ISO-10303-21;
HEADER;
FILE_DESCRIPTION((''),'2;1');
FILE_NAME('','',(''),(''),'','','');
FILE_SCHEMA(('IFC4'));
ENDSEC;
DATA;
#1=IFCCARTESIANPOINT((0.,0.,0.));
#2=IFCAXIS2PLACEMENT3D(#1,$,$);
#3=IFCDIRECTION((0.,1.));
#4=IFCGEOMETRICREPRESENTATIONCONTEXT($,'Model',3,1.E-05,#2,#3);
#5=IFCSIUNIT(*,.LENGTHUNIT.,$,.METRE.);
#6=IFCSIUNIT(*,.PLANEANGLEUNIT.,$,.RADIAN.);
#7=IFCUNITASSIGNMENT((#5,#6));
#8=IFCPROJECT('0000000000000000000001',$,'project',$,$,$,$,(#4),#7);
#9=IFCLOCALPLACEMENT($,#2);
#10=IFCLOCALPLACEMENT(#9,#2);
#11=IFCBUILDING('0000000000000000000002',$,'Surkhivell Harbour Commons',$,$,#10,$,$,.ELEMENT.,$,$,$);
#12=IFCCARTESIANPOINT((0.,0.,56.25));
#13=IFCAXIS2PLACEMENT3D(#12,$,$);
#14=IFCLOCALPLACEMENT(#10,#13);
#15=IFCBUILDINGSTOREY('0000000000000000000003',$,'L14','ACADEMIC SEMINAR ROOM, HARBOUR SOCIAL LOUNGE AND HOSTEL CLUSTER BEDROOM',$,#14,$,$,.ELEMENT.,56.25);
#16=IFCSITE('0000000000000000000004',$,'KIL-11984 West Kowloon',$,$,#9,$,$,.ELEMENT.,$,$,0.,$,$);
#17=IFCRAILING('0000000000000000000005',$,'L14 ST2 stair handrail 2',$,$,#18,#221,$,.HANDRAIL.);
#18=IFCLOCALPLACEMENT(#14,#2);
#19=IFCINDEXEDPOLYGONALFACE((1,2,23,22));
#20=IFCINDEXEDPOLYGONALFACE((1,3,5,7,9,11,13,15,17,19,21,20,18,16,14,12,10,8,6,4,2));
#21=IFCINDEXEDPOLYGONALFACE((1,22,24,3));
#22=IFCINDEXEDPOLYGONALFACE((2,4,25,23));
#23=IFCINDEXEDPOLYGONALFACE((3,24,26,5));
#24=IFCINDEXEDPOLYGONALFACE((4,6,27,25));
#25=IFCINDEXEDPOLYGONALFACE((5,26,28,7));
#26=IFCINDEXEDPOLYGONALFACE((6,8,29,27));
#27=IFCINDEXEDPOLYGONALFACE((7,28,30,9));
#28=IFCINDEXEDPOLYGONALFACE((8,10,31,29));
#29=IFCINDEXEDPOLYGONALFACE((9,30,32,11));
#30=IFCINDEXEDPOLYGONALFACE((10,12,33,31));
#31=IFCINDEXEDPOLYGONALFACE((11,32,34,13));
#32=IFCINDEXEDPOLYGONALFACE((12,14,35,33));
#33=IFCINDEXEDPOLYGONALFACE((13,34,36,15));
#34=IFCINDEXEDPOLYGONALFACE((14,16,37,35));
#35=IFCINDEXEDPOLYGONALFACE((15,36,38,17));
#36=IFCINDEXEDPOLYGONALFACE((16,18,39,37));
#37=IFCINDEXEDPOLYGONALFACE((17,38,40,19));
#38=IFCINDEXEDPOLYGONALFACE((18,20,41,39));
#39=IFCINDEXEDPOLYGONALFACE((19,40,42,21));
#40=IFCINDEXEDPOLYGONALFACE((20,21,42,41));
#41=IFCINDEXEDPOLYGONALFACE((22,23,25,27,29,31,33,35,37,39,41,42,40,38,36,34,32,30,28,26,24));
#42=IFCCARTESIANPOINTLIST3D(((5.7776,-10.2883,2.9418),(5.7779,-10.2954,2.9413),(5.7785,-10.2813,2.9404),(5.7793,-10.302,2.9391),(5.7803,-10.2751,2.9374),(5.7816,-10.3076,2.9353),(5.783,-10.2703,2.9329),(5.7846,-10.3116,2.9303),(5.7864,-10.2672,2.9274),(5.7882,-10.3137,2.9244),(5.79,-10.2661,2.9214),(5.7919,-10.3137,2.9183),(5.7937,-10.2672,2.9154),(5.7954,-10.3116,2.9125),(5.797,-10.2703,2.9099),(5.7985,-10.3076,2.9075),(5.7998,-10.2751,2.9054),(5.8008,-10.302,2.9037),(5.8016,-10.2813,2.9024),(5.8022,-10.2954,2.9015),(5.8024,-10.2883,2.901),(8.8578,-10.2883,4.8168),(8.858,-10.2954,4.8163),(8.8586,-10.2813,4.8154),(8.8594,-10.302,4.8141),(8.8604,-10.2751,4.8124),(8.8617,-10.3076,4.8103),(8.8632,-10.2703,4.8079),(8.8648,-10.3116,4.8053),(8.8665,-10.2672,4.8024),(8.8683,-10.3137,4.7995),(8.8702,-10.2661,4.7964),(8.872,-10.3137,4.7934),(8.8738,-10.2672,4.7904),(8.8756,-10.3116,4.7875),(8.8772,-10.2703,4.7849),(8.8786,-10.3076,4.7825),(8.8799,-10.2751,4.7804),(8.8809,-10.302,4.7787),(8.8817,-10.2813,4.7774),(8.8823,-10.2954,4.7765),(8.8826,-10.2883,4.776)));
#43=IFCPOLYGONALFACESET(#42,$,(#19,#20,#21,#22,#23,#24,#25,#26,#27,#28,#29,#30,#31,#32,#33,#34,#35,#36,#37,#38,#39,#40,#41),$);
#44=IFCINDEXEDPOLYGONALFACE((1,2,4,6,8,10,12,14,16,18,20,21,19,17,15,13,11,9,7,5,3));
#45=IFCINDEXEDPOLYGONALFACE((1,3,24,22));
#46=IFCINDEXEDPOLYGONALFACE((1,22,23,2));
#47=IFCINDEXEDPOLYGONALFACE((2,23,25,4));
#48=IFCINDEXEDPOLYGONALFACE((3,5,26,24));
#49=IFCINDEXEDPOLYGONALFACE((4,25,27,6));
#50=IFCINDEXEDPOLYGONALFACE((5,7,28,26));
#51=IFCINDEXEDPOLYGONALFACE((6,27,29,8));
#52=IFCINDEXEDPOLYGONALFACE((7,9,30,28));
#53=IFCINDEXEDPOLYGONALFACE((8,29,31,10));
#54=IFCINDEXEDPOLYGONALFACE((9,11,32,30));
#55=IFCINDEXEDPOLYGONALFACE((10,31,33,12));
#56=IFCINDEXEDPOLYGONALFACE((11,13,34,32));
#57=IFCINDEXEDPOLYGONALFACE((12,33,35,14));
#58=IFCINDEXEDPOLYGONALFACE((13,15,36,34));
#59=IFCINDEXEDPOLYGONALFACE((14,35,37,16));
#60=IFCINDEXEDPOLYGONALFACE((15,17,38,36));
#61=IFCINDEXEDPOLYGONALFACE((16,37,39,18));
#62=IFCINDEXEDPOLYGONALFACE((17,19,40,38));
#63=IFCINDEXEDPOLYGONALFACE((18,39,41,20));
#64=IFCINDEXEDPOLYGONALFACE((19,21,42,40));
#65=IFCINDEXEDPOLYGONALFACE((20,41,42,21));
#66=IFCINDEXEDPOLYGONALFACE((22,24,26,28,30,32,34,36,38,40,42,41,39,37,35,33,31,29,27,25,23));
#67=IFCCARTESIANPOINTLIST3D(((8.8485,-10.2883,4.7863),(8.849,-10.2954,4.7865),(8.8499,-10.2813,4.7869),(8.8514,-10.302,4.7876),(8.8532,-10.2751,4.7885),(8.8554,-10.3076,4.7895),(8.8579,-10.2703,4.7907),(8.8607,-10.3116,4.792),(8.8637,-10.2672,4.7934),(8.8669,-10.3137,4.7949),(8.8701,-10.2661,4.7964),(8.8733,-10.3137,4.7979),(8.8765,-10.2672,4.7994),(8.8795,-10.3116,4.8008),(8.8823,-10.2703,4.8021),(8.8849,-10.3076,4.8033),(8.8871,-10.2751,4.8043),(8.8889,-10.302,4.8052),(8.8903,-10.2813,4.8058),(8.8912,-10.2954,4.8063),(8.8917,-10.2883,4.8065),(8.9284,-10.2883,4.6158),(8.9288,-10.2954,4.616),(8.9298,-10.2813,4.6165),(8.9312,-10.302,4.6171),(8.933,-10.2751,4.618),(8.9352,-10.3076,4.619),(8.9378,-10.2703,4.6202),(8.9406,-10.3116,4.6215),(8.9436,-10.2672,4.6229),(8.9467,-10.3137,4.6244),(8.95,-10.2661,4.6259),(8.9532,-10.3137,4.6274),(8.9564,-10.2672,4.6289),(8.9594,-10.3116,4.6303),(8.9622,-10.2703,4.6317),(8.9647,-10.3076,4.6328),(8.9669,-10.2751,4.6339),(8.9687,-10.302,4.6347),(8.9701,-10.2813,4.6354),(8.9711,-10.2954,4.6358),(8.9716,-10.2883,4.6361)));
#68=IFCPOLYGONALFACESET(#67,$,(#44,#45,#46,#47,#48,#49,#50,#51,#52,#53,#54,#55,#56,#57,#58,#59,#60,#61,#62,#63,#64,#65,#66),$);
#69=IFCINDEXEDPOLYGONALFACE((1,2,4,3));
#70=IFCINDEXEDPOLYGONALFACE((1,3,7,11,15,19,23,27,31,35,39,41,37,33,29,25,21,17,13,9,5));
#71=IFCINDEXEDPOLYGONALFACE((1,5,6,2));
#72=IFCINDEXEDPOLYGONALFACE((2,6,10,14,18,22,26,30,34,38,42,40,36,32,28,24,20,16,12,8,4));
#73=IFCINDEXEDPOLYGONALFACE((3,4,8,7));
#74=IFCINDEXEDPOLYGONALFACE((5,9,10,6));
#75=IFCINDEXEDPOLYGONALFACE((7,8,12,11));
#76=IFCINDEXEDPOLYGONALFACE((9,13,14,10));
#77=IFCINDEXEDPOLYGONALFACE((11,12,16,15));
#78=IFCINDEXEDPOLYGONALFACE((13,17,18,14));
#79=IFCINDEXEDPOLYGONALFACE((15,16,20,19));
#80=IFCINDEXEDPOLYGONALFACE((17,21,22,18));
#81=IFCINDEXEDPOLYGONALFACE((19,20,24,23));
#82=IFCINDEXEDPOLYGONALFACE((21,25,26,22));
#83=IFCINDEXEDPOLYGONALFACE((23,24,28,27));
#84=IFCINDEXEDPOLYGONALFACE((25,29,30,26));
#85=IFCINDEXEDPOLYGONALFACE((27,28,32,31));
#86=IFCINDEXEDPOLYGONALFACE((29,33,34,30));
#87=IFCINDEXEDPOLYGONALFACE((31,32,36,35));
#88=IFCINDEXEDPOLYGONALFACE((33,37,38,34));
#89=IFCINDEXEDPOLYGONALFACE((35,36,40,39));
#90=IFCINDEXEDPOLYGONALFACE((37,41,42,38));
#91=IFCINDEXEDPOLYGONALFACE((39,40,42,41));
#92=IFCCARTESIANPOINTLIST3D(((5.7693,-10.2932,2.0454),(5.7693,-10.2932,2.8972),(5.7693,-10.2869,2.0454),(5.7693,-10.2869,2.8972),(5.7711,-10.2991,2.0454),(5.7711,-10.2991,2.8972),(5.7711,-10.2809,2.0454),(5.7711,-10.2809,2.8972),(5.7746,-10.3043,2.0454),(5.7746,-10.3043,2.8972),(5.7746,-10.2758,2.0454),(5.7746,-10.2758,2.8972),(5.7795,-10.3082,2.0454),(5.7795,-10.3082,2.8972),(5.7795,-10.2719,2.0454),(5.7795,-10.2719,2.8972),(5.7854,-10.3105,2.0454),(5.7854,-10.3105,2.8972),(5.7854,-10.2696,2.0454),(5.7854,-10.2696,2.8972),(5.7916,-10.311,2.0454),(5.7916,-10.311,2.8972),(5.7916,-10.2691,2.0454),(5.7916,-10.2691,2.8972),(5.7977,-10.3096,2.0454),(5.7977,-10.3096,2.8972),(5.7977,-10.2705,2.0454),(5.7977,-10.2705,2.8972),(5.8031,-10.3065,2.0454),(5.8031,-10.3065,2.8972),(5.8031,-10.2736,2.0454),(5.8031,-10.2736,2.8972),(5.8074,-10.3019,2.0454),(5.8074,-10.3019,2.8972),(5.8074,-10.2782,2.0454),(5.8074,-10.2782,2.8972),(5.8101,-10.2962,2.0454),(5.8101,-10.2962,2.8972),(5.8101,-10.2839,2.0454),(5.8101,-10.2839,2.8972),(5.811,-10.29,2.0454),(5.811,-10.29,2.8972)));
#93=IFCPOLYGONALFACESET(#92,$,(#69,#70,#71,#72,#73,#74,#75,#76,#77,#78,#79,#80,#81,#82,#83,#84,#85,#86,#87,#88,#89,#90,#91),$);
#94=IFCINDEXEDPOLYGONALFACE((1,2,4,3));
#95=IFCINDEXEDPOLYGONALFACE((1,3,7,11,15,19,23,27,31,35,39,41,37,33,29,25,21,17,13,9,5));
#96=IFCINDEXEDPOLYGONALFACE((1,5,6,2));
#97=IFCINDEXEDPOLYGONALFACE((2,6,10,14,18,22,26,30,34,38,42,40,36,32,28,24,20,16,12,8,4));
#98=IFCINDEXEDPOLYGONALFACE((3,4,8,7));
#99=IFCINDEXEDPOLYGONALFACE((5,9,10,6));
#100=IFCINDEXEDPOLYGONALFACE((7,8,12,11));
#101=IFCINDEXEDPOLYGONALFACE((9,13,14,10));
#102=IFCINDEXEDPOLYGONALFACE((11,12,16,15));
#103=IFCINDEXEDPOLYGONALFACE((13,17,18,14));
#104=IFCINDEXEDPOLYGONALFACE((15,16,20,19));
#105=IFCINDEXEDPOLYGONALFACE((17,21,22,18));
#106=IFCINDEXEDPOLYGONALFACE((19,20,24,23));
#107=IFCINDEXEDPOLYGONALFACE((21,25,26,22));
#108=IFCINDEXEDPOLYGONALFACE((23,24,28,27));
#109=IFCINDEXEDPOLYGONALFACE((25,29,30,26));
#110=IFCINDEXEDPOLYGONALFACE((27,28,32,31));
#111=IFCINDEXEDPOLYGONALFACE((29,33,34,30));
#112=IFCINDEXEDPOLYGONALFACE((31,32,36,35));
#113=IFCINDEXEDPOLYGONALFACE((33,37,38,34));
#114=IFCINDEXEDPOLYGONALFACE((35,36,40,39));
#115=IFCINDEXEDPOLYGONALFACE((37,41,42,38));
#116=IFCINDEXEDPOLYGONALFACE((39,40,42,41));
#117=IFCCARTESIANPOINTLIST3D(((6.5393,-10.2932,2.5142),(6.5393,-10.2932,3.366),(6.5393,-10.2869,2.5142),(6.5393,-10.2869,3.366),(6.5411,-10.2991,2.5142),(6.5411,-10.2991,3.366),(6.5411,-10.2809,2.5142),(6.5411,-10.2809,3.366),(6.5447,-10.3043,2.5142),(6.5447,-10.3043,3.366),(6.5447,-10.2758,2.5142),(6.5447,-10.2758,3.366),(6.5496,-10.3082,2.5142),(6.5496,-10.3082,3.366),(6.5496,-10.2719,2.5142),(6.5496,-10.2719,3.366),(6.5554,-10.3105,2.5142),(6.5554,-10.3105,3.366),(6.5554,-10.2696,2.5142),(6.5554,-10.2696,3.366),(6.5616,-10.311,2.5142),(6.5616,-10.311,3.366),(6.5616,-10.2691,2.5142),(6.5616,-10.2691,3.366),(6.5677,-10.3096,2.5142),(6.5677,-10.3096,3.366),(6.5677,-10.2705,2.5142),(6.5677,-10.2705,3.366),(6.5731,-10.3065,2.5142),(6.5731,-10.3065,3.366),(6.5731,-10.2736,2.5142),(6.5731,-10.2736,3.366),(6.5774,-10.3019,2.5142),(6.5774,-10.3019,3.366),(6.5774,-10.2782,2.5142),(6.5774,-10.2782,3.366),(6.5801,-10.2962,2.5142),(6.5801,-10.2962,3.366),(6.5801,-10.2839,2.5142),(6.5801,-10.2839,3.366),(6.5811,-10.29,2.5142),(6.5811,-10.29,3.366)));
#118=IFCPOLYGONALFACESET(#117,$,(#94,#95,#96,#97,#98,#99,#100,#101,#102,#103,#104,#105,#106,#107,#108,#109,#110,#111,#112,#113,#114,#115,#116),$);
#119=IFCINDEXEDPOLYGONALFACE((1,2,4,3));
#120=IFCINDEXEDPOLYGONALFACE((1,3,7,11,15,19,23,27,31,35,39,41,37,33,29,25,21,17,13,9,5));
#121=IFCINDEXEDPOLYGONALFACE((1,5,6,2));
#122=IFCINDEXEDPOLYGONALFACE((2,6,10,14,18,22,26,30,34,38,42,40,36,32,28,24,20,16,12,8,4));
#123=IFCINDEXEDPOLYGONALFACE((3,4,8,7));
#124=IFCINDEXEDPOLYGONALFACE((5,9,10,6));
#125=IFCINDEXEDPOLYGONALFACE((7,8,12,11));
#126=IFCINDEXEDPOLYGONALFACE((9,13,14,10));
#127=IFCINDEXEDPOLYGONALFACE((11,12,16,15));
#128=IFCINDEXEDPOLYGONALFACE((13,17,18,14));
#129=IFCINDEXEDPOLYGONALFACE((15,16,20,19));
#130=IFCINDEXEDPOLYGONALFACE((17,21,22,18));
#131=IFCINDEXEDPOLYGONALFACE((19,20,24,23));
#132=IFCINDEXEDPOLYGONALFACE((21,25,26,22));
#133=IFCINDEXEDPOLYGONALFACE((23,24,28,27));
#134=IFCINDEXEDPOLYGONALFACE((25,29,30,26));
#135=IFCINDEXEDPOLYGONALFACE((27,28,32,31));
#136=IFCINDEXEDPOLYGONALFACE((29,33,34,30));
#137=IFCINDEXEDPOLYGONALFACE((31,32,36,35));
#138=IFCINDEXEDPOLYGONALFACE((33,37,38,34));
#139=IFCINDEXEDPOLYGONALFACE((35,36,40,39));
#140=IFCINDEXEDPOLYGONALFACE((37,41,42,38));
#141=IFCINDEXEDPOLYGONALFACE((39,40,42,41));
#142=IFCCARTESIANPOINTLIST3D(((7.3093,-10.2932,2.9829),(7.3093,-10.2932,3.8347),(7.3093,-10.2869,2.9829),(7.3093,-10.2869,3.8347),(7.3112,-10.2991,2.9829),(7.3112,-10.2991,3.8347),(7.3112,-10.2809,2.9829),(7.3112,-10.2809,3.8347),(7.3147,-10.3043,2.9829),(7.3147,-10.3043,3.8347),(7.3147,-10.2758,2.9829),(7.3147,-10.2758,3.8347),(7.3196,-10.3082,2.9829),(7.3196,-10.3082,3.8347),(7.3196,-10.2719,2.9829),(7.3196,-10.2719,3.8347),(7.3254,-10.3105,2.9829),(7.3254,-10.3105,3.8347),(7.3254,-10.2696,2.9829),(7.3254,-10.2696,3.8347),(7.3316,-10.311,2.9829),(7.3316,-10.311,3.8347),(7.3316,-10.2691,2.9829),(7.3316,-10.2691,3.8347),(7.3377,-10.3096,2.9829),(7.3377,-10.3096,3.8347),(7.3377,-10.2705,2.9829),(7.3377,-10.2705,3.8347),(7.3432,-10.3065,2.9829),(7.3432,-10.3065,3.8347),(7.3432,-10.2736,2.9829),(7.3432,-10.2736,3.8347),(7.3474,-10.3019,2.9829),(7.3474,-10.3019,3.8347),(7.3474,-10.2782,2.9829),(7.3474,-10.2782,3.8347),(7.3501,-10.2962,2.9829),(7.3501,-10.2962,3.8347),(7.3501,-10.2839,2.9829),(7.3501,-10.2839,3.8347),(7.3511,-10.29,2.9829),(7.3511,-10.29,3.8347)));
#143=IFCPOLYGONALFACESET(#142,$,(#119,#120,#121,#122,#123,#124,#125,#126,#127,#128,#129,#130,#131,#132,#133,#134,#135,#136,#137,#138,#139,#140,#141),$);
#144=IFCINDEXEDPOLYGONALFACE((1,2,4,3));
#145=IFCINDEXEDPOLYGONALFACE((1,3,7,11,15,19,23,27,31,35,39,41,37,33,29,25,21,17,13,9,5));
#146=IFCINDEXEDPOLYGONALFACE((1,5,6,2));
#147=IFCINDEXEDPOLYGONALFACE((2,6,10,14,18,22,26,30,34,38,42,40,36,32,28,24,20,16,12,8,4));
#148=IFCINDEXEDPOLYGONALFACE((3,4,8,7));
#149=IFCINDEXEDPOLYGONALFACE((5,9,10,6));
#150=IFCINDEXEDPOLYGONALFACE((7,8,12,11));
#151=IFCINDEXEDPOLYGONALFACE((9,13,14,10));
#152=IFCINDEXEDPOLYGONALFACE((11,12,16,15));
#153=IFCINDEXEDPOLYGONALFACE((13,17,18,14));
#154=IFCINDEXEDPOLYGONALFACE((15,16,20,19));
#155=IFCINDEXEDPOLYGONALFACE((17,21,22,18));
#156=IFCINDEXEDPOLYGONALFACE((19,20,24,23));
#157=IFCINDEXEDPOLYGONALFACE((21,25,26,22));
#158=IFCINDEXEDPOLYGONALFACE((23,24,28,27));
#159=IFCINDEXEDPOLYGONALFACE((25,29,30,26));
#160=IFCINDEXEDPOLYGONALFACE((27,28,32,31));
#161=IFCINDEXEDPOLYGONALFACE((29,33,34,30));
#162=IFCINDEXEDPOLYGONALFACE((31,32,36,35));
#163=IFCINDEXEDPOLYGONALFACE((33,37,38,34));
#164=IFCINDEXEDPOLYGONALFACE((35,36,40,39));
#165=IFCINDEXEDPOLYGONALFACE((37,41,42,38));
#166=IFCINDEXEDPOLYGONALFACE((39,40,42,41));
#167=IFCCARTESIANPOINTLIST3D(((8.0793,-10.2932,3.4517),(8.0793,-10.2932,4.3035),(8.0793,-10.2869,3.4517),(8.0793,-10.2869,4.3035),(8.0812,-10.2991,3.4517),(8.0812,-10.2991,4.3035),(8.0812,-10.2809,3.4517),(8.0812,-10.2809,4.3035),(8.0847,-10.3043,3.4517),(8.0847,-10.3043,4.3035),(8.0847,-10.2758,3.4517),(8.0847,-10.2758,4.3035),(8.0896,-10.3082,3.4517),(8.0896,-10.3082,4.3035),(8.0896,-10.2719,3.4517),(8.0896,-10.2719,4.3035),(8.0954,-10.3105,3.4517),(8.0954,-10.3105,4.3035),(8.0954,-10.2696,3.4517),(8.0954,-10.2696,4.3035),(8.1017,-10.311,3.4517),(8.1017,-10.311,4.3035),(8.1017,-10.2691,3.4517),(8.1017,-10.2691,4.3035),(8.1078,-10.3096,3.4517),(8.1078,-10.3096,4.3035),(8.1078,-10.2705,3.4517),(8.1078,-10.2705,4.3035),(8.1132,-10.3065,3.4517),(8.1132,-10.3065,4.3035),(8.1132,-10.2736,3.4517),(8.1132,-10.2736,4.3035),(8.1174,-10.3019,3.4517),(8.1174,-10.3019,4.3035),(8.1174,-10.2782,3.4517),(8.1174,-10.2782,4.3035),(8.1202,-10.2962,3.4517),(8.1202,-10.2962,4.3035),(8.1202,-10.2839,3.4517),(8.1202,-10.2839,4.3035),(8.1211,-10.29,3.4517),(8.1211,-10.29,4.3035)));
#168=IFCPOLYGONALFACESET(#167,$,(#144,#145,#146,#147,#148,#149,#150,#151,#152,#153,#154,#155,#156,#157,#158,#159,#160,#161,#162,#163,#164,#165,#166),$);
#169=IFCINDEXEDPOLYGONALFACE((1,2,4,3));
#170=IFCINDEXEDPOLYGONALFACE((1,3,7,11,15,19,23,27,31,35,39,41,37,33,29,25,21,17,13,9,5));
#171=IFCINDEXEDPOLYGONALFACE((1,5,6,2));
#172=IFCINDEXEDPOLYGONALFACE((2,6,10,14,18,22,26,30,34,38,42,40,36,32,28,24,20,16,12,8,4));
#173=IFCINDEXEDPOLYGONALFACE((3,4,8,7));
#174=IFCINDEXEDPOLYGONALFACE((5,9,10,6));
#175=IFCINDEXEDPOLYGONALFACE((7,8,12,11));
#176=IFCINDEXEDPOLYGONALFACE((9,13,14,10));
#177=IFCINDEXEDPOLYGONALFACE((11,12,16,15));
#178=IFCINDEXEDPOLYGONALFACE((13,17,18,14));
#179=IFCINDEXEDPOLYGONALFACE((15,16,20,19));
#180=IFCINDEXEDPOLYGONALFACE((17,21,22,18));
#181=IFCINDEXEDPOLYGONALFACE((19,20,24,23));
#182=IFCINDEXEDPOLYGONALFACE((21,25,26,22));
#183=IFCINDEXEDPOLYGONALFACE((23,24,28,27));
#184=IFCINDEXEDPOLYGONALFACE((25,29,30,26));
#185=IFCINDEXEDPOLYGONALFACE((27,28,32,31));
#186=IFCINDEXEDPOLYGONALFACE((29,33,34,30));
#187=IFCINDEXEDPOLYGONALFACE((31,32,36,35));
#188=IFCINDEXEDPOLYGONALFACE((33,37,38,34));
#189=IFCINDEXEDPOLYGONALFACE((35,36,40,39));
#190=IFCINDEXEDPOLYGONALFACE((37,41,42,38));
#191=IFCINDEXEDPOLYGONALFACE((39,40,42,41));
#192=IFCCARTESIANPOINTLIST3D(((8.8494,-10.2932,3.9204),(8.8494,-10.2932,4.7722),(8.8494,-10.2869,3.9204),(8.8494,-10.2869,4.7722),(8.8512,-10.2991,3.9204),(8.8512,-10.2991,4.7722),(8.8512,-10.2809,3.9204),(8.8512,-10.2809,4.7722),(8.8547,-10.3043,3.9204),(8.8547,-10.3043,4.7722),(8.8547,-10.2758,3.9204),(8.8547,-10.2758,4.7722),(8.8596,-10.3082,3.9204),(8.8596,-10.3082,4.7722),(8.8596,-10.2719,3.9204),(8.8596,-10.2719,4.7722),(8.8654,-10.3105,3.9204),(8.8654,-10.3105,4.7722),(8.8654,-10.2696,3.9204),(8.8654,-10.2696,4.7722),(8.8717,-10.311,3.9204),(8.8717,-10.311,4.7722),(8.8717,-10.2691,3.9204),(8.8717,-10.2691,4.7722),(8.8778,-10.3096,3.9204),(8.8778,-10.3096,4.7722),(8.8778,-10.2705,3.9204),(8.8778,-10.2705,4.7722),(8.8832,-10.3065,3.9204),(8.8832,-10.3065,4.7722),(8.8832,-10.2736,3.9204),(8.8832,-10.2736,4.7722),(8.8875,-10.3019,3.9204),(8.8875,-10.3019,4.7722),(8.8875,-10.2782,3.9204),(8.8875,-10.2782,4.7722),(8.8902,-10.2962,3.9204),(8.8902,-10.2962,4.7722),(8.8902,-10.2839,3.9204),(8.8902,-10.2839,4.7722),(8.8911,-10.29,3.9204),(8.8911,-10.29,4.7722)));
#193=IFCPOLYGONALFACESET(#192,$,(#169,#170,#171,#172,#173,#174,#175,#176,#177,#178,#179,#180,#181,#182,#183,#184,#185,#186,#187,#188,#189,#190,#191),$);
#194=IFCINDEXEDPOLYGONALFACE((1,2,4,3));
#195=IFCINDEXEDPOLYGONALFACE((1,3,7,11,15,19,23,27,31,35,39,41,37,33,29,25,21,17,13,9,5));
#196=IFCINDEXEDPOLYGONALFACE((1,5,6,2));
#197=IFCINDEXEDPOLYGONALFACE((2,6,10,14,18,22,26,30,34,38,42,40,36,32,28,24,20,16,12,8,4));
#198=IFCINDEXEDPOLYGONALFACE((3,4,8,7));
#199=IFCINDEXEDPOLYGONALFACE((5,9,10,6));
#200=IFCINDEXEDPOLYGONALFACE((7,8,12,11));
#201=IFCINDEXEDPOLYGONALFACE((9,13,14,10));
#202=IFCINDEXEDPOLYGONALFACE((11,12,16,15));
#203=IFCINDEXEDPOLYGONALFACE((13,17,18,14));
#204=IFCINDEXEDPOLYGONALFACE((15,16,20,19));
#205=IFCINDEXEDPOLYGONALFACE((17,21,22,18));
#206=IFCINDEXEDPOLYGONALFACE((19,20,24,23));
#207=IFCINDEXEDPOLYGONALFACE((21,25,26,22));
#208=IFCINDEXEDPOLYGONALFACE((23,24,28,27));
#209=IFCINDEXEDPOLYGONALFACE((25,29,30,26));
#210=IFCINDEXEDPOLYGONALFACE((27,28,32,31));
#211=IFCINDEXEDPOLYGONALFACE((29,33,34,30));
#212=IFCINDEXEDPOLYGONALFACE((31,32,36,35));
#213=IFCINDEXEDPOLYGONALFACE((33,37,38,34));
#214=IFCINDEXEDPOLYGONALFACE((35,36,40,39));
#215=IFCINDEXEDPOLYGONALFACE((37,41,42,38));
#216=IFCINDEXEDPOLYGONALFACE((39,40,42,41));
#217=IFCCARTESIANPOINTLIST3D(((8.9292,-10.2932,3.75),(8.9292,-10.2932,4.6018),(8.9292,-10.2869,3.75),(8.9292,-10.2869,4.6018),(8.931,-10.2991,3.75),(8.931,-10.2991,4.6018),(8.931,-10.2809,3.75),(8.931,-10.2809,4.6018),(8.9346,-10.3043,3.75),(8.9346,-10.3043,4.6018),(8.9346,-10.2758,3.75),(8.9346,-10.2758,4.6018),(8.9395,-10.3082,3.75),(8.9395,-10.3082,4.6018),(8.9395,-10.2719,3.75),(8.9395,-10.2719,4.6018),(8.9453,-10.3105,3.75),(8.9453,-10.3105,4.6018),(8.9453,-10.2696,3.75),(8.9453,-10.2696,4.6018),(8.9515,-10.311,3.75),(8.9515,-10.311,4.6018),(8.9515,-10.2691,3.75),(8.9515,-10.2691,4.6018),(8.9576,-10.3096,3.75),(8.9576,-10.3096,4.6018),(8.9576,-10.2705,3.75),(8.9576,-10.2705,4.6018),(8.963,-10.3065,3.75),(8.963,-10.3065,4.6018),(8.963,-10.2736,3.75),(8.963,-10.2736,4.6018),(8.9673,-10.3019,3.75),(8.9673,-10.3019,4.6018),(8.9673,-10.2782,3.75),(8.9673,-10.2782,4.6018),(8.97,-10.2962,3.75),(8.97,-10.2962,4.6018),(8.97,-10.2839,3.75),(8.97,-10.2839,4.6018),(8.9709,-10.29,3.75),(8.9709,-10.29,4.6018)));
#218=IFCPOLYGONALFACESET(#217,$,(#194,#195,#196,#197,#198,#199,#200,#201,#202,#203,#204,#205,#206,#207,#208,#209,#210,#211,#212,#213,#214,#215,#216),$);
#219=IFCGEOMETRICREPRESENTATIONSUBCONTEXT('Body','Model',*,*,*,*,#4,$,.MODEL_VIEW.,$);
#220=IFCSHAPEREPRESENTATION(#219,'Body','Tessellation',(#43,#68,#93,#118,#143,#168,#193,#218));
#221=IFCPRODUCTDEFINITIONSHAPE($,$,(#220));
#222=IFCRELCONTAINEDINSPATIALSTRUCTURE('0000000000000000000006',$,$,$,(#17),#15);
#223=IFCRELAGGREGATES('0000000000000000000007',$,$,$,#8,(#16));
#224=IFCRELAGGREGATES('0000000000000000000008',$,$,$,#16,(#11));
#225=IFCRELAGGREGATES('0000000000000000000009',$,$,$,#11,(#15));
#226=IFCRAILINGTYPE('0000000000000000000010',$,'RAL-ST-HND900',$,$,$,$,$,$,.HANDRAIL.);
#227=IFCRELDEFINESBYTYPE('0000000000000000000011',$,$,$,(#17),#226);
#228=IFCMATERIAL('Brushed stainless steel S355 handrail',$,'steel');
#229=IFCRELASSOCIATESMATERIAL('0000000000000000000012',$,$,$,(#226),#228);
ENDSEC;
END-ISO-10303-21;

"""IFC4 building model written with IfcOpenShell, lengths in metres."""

from ifc_helpers import new_model, si_unit, direction, frame, origin, origin_2d, place, context, subcontext, project, spatial, circle, extrude, material, type_object, element, save


model = new_model("IFC4")

# Units and contexts
model_context = context("Model", 3, precision=1e-05, world=origin(), true_north=direction((0.0, 1.0)))
body_context = subcontext(model_context, "Body", "Model", "MODEL_VIEW")
ifc_project = project(units=[si_unit("LENGTHUNIT", "METRE"), si_unit("PLANEANGLEUNIT", "RADIAN")], contexts=[model_context])

# Site, building, storey
site_placement = place(None, origin())
site = spatial("IfcSite", under=ifc_project, at=site_placement, Name="KIL-11984 West Kowloon", CompositionType="ELEMENT", RefElevation=0.0)
building_placement = place(site_placement, origin())
building = spatial("IfcBuilding", under=site, at=building_placement, Name="Surkhivell Harbour Commons", CompositionType="ELEMENT")
storey_placement = place(building_placement, frame((0.0, 0.0, 56.25)))
storey = spatial("IfcBuildingStorey", under=building, at=storey_placement, Name="L14", Description="ACADEMIC SEMINAR ROOM, HARBOUR SOCIAL LOUNGE AND HOSTEL CLUSTER BEDROOM", CompositionType="ELEMENT", Elevation=56.25)

# Railing
ifc_material_1 = material(Name="Brushed stainless steel S355 handrail", Category="steel")
railing_type_1 = type_object("IfcRailingType", Name="RAL-ST-HND900", PredefinedType="HANDRAIL", material=ifc_material_1)
railing_1_placement = place(storey_placement, frame((5.79, -10.29, 2.0454)))
element("IfcRailing", 1, at=railing_1_placement, inside=storey, type_object=railing_type_1, Name="L14 ST2 stair handrail 2", PredefinedType="HANDRAIL", context=body_context, shape_type="SweptSolid", body=[
    extrude(circle(Radius=0.0239, at=origin_2d()), frame((0.0, 0.0, 0.876), z_axis=(0.854178, 0.0, 0.519981), x_axis=(0.0, 1.0, 0.0)), (0.0, 0.0, 1.0), 3.606),
    extrude(circle(Radius=0.0239, at=origin_2d()), frame((3.0801, 0.0, 2.751), z_axis=(0.424234, 0.0, -0.905552), x_axis=(0.0, 1.0, 0.0)), (0.0, 0.0, 1.0), 0.1882),
    extrude(circle(Radius=0.021, at=origin_2d()), origin(), (0.0, 0.0, 1.0), 0.8518),
    extrude(circle(Radius=0.021, at=origin_2d()), frame((0.77, 0.0, 0.4688)), (0.0, 0.0, 1.0), 0.8518),
    extrude(circle(Radius=0.021, at=origin_2d()), frame((1.54, 0.0, 0.9375)), (0.0, 0.0, 1.0), 0.8518),
    extrude(circle(Radius=0.021, at=origin_2d()), frame((2.3101, 0.0, 1.4062)), (0.0, 0.0, 1.0), 0.8518),
    extrude(circle(Radius=0.021, at=origin_2d()), frame((3.0801, 0.0, 1.875)), (0.0, 0.0, 1.0), 0.8518),
    extrude(circle(Radius=0.021, at=origin_2d()), frame((3.1599, 0.0, 1.7046)), (0.0, 0.0, 1.0), 0.8518),
])

save(model, "model.ifc")
